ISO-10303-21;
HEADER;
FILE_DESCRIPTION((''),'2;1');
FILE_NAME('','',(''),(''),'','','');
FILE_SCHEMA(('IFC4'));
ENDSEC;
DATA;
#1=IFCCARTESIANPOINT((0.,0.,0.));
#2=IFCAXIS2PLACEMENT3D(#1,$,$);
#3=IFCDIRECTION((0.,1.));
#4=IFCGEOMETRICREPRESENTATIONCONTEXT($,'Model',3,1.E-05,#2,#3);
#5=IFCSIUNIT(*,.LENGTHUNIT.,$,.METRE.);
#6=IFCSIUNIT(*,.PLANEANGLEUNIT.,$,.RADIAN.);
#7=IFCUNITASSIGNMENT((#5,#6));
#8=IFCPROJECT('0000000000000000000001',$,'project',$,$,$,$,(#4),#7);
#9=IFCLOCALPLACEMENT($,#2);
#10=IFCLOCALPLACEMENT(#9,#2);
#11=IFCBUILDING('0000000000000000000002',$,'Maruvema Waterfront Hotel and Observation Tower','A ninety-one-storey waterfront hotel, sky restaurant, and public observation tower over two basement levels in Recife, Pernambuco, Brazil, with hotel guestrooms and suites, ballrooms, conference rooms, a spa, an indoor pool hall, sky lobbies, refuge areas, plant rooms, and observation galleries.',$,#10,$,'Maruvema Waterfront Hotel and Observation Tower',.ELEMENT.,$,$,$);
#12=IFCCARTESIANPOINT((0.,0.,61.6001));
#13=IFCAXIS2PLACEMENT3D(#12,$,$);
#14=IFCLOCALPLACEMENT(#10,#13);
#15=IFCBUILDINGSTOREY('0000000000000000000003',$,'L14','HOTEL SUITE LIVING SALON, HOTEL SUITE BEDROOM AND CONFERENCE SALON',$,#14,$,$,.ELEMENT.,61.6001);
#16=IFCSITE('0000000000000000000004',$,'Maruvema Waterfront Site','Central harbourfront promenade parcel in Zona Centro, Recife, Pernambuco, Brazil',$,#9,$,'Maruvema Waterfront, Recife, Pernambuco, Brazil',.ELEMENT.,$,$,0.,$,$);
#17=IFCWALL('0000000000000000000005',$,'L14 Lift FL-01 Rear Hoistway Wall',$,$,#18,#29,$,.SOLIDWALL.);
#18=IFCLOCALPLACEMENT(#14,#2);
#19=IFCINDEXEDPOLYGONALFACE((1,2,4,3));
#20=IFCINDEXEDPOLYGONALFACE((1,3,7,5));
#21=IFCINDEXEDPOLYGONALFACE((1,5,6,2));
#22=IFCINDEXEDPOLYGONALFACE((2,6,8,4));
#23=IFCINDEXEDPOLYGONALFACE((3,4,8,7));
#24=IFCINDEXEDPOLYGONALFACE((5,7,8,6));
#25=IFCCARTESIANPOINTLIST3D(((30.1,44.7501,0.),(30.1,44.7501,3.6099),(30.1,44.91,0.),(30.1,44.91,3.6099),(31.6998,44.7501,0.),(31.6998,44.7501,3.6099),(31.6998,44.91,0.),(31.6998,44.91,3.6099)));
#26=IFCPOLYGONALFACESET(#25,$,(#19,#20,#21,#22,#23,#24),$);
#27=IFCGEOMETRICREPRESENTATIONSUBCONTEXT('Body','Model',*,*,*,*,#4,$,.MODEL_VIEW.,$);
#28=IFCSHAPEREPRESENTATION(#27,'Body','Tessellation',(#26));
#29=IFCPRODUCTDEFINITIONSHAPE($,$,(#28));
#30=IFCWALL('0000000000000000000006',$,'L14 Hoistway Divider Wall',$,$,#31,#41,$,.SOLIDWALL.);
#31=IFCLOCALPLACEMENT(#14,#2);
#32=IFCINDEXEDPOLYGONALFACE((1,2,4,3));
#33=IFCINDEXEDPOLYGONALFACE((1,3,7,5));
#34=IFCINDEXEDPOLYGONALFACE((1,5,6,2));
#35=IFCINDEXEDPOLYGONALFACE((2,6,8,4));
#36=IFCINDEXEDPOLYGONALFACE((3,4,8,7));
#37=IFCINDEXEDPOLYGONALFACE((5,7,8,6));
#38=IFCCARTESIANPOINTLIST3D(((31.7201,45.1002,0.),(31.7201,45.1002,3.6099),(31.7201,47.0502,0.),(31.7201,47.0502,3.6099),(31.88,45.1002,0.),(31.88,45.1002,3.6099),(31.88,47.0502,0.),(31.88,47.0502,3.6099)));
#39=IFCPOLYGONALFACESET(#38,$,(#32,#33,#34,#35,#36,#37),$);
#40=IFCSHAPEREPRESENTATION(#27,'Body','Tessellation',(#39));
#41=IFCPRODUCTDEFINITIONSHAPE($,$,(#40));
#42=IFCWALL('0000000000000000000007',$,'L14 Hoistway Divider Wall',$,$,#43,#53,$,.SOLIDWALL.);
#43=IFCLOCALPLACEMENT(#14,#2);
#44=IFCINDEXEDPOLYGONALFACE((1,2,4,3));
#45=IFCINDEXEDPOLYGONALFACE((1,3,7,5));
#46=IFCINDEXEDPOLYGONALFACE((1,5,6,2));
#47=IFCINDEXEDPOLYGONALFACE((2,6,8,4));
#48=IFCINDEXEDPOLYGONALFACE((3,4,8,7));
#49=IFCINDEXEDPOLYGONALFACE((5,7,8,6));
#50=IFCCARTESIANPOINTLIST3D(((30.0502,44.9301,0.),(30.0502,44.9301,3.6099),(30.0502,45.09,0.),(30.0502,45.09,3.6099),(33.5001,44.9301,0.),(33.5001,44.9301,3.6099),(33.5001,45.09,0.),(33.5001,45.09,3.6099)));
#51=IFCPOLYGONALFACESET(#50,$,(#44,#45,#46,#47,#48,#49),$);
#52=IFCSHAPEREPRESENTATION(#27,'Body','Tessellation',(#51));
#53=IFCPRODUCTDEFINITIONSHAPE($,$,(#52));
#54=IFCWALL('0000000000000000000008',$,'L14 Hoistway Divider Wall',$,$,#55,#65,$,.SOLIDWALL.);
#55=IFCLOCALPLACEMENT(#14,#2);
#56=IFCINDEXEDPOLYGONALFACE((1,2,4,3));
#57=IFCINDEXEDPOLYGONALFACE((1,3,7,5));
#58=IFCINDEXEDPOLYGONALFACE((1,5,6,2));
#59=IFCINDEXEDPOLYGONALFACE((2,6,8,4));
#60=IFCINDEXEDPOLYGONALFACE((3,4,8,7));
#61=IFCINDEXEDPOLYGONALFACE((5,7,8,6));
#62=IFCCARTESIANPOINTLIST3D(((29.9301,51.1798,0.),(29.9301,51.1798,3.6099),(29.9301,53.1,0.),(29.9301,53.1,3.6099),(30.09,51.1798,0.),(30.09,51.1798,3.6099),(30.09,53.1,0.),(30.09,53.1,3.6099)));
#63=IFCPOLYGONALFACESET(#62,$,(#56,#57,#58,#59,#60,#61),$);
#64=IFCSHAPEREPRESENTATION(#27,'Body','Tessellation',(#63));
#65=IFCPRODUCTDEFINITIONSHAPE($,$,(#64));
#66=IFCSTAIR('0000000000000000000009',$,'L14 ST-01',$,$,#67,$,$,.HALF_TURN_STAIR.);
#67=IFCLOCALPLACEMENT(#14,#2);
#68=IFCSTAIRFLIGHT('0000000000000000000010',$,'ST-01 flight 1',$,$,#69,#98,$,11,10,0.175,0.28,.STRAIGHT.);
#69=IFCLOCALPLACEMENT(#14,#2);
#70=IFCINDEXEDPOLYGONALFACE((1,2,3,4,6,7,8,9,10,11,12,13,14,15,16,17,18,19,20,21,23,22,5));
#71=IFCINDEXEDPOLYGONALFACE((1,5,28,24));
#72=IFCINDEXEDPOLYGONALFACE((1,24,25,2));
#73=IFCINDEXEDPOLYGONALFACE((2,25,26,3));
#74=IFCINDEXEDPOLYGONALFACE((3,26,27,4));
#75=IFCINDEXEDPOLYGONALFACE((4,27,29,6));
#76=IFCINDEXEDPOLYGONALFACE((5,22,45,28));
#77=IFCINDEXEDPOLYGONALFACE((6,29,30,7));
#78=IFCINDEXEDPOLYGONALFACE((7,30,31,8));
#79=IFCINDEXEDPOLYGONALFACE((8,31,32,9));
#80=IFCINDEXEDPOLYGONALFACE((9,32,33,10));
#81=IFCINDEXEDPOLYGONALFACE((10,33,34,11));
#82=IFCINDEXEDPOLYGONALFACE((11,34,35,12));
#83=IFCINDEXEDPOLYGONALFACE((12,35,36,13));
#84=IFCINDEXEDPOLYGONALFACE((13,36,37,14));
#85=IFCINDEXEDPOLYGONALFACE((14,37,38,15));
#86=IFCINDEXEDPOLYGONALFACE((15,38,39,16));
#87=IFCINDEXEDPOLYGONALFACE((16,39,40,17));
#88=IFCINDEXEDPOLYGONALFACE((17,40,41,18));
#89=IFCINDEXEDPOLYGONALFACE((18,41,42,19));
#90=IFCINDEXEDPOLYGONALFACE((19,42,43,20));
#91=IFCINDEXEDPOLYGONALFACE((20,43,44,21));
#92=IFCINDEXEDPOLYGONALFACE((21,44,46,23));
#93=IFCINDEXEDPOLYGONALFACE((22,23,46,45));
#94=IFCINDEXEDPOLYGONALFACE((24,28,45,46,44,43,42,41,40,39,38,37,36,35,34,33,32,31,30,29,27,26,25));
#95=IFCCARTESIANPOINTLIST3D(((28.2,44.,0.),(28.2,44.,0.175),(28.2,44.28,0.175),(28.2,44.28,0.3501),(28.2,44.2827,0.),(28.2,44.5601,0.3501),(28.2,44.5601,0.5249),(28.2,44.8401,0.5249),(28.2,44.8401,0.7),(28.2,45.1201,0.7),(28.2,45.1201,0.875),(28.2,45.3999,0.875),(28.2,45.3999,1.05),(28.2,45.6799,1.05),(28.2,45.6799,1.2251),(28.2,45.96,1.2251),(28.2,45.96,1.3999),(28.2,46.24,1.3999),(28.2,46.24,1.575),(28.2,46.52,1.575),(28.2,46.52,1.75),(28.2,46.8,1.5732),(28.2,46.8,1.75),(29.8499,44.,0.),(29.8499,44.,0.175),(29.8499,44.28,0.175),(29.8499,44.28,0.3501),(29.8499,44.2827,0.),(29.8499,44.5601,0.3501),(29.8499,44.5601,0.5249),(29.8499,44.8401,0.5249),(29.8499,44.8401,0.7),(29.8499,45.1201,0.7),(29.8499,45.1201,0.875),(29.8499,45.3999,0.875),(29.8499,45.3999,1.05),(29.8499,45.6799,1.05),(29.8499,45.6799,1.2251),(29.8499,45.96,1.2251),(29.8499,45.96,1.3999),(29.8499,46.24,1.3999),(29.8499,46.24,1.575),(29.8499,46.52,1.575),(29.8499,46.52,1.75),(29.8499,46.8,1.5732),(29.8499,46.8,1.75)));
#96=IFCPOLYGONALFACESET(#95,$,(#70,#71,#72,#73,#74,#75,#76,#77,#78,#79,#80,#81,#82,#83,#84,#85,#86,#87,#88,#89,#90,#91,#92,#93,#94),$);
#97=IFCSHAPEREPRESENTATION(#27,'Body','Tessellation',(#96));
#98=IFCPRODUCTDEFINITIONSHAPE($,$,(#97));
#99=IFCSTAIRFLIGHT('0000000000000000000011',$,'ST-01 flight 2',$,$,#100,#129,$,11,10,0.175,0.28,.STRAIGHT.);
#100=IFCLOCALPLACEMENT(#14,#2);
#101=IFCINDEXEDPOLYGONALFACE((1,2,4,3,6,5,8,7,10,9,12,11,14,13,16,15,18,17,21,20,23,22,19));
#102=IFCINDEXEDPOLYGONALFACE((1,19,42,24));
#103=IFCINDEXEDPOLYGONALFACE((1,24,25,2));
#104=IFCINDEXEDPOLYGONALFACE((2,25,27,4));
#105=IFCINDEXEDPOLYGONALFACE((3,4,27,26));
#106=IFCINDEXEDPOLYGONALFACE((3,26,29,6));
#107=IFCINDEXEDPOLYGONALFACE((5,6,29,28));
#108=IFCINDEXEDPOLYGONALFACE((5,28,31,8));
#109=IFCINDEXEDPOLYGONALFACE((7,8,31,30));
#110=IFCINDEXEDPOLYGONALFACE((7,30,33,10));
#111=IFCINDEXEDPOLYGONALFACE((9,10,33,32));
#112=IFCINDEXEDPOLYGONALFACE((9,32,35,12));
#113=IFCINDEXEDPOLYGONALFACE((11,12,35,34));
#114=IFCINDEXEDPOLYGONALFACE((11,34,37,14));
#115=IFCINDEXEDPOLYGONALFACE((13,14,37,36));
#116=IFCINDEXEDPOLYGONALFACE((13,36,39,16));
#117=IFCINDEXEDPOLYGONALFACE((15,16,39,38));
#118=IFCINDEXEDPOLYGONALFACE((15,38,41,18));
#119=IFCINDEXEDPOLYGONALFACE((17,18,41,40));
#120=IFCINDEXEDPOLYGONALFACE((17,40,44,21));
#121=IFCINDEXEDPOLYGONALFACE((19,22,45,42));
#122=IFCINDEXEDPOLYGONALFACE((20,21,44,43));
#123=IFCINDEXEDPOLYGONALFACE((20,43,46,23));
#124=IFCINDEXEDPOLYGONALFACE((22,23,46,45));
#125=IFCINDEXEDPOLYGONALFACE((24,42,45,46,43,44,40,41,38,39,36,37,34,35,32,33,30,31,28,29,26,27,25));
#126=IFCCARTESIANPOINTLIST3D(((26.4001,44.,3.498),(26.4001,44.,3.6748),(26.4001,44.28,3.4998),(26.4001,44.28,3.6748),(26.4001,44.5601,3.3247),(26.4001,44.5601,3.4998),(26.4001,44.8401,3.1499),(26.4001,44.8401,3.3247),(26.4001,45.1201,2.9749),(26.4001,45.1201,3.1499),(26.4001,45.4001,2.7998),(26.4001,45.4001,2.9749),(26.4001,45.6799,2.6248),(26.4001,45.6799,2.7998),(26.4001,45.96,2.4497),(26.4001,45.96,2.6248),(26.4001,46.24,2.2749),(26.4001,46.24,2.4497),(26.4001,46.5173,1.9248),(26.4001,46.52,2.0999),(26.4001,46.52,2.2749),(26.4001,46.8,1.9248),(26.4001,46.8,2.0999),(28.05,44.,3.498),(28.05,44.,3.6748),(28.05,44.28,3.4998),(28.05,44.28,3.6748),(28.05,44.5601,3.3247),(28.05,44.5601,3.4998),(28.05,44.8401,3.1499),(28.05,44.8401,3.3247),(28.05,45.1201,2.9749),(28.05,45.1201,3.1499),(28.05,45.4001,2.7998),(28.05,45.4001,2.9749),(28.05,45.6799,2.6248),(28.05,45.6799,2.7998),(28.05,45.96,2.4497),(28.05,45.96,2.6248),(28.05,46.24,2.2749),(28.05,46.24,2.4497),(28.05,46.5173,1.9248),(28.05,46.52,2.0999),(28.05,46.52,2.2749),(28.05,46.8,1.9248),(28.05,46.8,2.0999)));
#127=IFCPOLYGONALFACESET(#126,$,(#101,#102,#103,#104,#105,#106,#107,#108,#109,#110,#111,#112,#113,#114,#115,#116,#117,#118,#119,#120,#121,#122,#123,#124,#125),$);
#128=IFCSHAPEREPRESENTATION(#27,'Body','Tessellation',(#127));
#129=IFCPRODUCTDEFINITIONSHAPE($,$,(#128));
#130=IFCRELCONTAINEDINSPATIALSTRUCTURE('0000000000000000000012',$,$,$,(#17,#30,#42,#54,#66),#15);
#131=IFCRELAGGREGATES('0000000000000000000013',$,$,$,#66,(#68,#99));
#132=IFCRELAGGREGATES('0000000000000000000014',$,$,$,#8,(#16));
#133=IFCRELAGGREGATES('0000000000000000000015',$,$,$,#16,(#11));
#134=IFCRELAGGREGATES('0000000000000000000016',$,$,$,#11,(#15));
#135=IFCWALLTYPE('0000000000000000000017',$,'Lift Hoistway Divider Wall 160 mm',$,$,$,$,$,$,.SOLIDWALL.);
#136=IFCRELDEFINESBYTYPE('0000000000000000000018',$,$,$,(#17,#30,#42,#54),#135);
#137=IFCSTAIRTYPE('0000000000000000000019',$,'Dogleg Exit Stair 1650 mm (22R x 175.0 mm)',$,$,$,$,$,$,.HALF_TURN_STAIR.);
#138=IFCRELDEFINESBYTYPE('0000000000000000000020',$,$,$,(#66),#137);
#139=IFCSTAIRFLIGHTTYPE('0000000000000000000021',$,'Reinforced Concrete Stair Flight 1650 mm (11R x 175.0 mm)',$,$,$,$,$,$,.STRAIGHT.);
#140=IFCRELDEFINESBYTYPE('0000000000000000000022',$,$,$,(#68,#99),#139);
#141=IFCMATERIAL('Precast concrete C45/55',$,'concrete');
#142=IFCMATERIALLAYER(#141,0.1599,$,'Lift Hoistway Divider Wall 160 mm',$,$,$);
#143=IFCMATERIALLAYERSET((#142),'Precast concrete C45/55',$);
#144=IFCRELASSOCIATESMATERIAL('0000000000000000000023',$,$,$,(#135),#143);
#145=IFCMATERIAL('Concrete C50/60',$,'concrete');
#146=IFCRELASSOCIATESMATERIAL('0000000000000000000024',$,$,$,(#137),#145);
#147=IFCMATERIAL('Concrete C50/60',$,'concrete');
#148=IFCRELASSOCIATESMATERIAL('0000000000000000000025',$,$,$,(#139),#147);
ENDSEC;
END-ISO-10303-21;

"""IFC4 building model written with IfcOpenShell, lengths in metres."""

from ifc_helpers import new_model, si_unit, direction, frame, frame_2d, origin, place, context, subcontext, project, spatial, polyline, rectangle, outline, extrude, material, layer, layer_set, type_object, element, aggregate, save


model = new_model("IFC4")

# Units and contexts
model_context = context("Model", 3, precision=1e-05, world=origin(), true_north=direction((0.0, 1.0)))
body_context = subcontext(model_context, "Body", "Model", "MODEL_VIEW")
ifc_project = project(units=[si_unit("LENGTHUNIT", "METRE"), si_unit("PLANEANGLEUNIT", "RADIAN")], contexts=[model_context])

# Site, building, storey
site_placement = place(None, origin())
site = spatial("IfcSite", under=ifc_project, at=site_placement, Name="Maruvema Waterfront Site", Description="Central harbourfront promenade parcel in Zona Centro, Recife, Pernambuco, Brazil", LongName="Maruvema Waterfront, Recife, Pernambuco, Brazil", CompositionType="ELEMENT", RefElevation=0.0)
building_placement = place(site_placement, origin())
building = spatial("IfcBuilding", under=site, at=building_placement, Name="Maruvema Waterfront Hotel and Observation Tower", Description="A ninety-one-storey waterfront hotel, sky restaurant, and public observation tower over two basement levels in Recife, Pernambuco, Brazil, with hotel guestrooms and suites, ballrooms, conference rooms, a spa, an indoor pool hall, sky lobbies, refuge areas, plant rooms, and observation galleries.", LongName="Maruvema Waterfront Hotel and Observation Tower", CompositionType="ELEMENT")
storey_placement = place(building_placement, frame((0.0, 0.0, 61.6001)))
storey = spatial("IfcBuildingStorey", under=building, at=storey_placement, Name="L14", Description="HOTEL SUITE LIVING SALON, HOTEL SUITE BEDROOM AND CONFERENCE SALON", CompositionType="ELEMENT", Elevation=61.6001)

# Walls
ifc_material_1 = material(Name="Precast concrete C45/55", Category="concrete")
ifc_layer_1 = layer(ifc_material_1, 0.1599, Name="Lift Hoistway Divider Wall 160 mm")
ifc_layer_set_1 = layer_set([ifc_layer_1], Name="Precast concrete C45/55")
wall_type_1 = type_object("IfcWallType", Name="Lift Hoistway Divider Wall 160 mm", PredefinedType="SOLIDWALL", material=ifc_layer_set_1)
wall_1_placement = place(storey_placement, frame((30.1001, 44.8301, 0.0), z_axis=(0.0, 0.0, 1.0), x_axis=(1.0, 0.0, 0.0)))
element("IfcWall", 1, at=wall_1_placement, inside=storey, type_object=wall_type_1, Name="L14 Lift FL-01 Rear Hoistway Wall", PredefinedType="SOLIDWALL", context=body_context, shape_type="SweptSolid", body=[
    extrude(rectangle(XDim=1.5999, YDim=0.1599, at=frame_2d((0.7998, 0.0))), origin(), (0.0, 0.0, 1.0), 3.6099),
])
wall_2_placement = place(storey_placement, frame((31.8, 45.1001, 0.0), z_axis=(0.0, 0.0, 1.0), x_axis=(0.0, 1.0, 0.0)))
element("IfcWall", 2, at=wall_2_placement, inside=storey, type_object=wall_type_1, Name="L14 Hoistway Divider Wall", PredefinedType="SOLIDWALL", context=body_context, shape_type="SweptSolid", body=[
    extrude(rectangle(XDim=1.95, YDim=0.1599, at=frame_2d((0.9751, 0.0))), origin(), (0.0, 0.0, 1.0), 3.6099),
])
wall_3_placement = place(storey_placement, frame((30.05, 45.01, 0.0), z_axis=(0.0, 0.0, 1.0), x_axis=(1.0, 0.0, 0.0)))
element("IfcWall", 3, at=wall_3_placement, inside=storey, type_object=wall_type_1, Name="L14 Hoistway Divider Wall", PredefinedType="SOLIDWALL", context=body_context, shape_type="SweptSolid", body=[
    extrude(rectangle(XDim=3.45, YDim=0.1599, at=frame_2d((1.7251, 0.0))), origin(), (0.0, 0.0, 1.0), 3.6099),
])
wall_4_placement = place(storey_placement, frame((30.01, 51.1799, 0.0), z_axis=(0.0, 0.0, 1.0), x_axis=(0.0, 1.0, 0.0)))
element("IfcWall", 4, at=wall_4_placement, inside=storey, type_object=wall_type_1, Name="L14 Hoistway Divider Wall", PredefinedType="SOLIDWALL", context=body_context, shape_type="SweptSolid", body=[
    extrude(rectangle(XDim=1.9202, YDim=0.1599, at=frame_2d((0.96, 0.0))), origin(), (0.0, 0.0, 1.0), 3.6099),
])

# Stair, stair flights
ifc_material_2 = material(Name="Concrete C50/60", Category="concrete")
stair_type = type_object("IfcStairType", Name="Dogleg Exit Stair 1650 mm (22R x 175.0 mm)", PredefinedType="HALF_TURN_STAIR", material=ifc_material_2)
stair_placement = place(storey_placement, origin())
stair = element("IfcStair", 5, at=stair_placement, inside=storey, type_object=stair_type, Name="L14 ST-01", PredefinedType="HALF_TURN_STAIR")
ifc_material_3 = material(Name="Concrete C50/60", Category="concrete")
stair_flight_type = type_object("IfcStairFlightType", Name="Reinforced Concrete Stair Flight 1650 mm (11R x 175.0 mm)", PredefinedType="STRAIGHT", material=ifc_material_3)
stair_flight_1_placement = place(storey_placement, frame((29.0249, 44.0, 0.0), z_axis=(0.0, 0.0, 1.0), x_axis=(0.0, 1.0, 0.0)))
stair_flight_1 = element("IfcStairFlight", 6, at=stair_flight_1_placement, type_object=stair_flight_type, Name="ST-01 flight 1", NumberOfRisers=11, NumberOfTreads=10, PredefinedType="STRAIGHT", RiserHeight=0.175, TreadLength=0.28, context=body_context, shape_type="SweptSolid", body=[
    extrude(outline(polyline([(0.0, 0.0), (0.0, 0.175), (0.28, 0.175), (0.28, 0.3501), (0.5601, 0.3501), (0.5601, 0.5249), (0.8401, 0.5249), (0.8401, 0.7), (1.1201, 0.7), (1.1201, 0.875), (1.3999, 0.875), (1.3999, 1.05), (1.6799, 1.05), (1.6799, 1.2251), (1.96, 1.2251), (1.96, 1.3999), (2.24, 1.3999), (2.24, 1.575), (2.52, 1.575), (2.52, 1.75), (2.8, 1.75), (2.8, 1.925), (2.8, 1.5732), (0.2827, 0.0), (0.0, 0.0)])), frame((0.0, 0.825, 0.0), z_axis=(0.0, -1.0, 0.0), x_axis=(1.0, 0.0, 0.0)), (0.0, 0.0, 1.0), 1.6499),
])
stair_flight_2_placement = place(storey_placement, frame((27.2251, 46.8, 1.9248), z_axis=(0.0, 0.0, 1.0), x_axis=(0.0, -1.0, 0.0)))
stair_flight_2 = element("IfcStairFlight", 7, at=stair_flight_2_placement, type_object=stair_flight_type, Name="ST-01 flight 2", NumberOfRisers=11, NumberOfTreads=10, PredefinedType="STRAIGHT", RiserHeight=0.175, TreadLength=0.28, context=body_context, shape_type="SweptSolid", body=[
    extrude(outline(polyline([(0.0, 0.0), (0.0, 0.175), (0.28, 0.175), (0.28, 0.3501), (0.5601, 0.3501), (0.5601, 0.5249), (0.8401, 0.5249), (0.8401, 0.7), (1.1201, 0.7), (1.1201, 0.875), (1.3999, 0.875), (1.3999, 1.05), (1.6799, 1.05), (1.6799, 1.2251), (1.96, 1.2251), (1.96, 1.3999), (2.24, 1.3999), (2.24, 1.575), (2.52, 1.575), (2.52, 1.75), (2.8, 1.75), (2.8, 1.925), (2.8, 1.5732), (0.2827, 0.0), (0.0, 0.0)])), frame((0.0, 0.825, 0.0), z_axis=(0.0, -1.0, 0.0), x_axis=(1.0, 0.0, 0.0)), (0.0, 0.0, 1.0), 1.6499),
])
aggregate(stair, [stair_flight_1, stair_flight_2])

save(model, "model.ifc")
